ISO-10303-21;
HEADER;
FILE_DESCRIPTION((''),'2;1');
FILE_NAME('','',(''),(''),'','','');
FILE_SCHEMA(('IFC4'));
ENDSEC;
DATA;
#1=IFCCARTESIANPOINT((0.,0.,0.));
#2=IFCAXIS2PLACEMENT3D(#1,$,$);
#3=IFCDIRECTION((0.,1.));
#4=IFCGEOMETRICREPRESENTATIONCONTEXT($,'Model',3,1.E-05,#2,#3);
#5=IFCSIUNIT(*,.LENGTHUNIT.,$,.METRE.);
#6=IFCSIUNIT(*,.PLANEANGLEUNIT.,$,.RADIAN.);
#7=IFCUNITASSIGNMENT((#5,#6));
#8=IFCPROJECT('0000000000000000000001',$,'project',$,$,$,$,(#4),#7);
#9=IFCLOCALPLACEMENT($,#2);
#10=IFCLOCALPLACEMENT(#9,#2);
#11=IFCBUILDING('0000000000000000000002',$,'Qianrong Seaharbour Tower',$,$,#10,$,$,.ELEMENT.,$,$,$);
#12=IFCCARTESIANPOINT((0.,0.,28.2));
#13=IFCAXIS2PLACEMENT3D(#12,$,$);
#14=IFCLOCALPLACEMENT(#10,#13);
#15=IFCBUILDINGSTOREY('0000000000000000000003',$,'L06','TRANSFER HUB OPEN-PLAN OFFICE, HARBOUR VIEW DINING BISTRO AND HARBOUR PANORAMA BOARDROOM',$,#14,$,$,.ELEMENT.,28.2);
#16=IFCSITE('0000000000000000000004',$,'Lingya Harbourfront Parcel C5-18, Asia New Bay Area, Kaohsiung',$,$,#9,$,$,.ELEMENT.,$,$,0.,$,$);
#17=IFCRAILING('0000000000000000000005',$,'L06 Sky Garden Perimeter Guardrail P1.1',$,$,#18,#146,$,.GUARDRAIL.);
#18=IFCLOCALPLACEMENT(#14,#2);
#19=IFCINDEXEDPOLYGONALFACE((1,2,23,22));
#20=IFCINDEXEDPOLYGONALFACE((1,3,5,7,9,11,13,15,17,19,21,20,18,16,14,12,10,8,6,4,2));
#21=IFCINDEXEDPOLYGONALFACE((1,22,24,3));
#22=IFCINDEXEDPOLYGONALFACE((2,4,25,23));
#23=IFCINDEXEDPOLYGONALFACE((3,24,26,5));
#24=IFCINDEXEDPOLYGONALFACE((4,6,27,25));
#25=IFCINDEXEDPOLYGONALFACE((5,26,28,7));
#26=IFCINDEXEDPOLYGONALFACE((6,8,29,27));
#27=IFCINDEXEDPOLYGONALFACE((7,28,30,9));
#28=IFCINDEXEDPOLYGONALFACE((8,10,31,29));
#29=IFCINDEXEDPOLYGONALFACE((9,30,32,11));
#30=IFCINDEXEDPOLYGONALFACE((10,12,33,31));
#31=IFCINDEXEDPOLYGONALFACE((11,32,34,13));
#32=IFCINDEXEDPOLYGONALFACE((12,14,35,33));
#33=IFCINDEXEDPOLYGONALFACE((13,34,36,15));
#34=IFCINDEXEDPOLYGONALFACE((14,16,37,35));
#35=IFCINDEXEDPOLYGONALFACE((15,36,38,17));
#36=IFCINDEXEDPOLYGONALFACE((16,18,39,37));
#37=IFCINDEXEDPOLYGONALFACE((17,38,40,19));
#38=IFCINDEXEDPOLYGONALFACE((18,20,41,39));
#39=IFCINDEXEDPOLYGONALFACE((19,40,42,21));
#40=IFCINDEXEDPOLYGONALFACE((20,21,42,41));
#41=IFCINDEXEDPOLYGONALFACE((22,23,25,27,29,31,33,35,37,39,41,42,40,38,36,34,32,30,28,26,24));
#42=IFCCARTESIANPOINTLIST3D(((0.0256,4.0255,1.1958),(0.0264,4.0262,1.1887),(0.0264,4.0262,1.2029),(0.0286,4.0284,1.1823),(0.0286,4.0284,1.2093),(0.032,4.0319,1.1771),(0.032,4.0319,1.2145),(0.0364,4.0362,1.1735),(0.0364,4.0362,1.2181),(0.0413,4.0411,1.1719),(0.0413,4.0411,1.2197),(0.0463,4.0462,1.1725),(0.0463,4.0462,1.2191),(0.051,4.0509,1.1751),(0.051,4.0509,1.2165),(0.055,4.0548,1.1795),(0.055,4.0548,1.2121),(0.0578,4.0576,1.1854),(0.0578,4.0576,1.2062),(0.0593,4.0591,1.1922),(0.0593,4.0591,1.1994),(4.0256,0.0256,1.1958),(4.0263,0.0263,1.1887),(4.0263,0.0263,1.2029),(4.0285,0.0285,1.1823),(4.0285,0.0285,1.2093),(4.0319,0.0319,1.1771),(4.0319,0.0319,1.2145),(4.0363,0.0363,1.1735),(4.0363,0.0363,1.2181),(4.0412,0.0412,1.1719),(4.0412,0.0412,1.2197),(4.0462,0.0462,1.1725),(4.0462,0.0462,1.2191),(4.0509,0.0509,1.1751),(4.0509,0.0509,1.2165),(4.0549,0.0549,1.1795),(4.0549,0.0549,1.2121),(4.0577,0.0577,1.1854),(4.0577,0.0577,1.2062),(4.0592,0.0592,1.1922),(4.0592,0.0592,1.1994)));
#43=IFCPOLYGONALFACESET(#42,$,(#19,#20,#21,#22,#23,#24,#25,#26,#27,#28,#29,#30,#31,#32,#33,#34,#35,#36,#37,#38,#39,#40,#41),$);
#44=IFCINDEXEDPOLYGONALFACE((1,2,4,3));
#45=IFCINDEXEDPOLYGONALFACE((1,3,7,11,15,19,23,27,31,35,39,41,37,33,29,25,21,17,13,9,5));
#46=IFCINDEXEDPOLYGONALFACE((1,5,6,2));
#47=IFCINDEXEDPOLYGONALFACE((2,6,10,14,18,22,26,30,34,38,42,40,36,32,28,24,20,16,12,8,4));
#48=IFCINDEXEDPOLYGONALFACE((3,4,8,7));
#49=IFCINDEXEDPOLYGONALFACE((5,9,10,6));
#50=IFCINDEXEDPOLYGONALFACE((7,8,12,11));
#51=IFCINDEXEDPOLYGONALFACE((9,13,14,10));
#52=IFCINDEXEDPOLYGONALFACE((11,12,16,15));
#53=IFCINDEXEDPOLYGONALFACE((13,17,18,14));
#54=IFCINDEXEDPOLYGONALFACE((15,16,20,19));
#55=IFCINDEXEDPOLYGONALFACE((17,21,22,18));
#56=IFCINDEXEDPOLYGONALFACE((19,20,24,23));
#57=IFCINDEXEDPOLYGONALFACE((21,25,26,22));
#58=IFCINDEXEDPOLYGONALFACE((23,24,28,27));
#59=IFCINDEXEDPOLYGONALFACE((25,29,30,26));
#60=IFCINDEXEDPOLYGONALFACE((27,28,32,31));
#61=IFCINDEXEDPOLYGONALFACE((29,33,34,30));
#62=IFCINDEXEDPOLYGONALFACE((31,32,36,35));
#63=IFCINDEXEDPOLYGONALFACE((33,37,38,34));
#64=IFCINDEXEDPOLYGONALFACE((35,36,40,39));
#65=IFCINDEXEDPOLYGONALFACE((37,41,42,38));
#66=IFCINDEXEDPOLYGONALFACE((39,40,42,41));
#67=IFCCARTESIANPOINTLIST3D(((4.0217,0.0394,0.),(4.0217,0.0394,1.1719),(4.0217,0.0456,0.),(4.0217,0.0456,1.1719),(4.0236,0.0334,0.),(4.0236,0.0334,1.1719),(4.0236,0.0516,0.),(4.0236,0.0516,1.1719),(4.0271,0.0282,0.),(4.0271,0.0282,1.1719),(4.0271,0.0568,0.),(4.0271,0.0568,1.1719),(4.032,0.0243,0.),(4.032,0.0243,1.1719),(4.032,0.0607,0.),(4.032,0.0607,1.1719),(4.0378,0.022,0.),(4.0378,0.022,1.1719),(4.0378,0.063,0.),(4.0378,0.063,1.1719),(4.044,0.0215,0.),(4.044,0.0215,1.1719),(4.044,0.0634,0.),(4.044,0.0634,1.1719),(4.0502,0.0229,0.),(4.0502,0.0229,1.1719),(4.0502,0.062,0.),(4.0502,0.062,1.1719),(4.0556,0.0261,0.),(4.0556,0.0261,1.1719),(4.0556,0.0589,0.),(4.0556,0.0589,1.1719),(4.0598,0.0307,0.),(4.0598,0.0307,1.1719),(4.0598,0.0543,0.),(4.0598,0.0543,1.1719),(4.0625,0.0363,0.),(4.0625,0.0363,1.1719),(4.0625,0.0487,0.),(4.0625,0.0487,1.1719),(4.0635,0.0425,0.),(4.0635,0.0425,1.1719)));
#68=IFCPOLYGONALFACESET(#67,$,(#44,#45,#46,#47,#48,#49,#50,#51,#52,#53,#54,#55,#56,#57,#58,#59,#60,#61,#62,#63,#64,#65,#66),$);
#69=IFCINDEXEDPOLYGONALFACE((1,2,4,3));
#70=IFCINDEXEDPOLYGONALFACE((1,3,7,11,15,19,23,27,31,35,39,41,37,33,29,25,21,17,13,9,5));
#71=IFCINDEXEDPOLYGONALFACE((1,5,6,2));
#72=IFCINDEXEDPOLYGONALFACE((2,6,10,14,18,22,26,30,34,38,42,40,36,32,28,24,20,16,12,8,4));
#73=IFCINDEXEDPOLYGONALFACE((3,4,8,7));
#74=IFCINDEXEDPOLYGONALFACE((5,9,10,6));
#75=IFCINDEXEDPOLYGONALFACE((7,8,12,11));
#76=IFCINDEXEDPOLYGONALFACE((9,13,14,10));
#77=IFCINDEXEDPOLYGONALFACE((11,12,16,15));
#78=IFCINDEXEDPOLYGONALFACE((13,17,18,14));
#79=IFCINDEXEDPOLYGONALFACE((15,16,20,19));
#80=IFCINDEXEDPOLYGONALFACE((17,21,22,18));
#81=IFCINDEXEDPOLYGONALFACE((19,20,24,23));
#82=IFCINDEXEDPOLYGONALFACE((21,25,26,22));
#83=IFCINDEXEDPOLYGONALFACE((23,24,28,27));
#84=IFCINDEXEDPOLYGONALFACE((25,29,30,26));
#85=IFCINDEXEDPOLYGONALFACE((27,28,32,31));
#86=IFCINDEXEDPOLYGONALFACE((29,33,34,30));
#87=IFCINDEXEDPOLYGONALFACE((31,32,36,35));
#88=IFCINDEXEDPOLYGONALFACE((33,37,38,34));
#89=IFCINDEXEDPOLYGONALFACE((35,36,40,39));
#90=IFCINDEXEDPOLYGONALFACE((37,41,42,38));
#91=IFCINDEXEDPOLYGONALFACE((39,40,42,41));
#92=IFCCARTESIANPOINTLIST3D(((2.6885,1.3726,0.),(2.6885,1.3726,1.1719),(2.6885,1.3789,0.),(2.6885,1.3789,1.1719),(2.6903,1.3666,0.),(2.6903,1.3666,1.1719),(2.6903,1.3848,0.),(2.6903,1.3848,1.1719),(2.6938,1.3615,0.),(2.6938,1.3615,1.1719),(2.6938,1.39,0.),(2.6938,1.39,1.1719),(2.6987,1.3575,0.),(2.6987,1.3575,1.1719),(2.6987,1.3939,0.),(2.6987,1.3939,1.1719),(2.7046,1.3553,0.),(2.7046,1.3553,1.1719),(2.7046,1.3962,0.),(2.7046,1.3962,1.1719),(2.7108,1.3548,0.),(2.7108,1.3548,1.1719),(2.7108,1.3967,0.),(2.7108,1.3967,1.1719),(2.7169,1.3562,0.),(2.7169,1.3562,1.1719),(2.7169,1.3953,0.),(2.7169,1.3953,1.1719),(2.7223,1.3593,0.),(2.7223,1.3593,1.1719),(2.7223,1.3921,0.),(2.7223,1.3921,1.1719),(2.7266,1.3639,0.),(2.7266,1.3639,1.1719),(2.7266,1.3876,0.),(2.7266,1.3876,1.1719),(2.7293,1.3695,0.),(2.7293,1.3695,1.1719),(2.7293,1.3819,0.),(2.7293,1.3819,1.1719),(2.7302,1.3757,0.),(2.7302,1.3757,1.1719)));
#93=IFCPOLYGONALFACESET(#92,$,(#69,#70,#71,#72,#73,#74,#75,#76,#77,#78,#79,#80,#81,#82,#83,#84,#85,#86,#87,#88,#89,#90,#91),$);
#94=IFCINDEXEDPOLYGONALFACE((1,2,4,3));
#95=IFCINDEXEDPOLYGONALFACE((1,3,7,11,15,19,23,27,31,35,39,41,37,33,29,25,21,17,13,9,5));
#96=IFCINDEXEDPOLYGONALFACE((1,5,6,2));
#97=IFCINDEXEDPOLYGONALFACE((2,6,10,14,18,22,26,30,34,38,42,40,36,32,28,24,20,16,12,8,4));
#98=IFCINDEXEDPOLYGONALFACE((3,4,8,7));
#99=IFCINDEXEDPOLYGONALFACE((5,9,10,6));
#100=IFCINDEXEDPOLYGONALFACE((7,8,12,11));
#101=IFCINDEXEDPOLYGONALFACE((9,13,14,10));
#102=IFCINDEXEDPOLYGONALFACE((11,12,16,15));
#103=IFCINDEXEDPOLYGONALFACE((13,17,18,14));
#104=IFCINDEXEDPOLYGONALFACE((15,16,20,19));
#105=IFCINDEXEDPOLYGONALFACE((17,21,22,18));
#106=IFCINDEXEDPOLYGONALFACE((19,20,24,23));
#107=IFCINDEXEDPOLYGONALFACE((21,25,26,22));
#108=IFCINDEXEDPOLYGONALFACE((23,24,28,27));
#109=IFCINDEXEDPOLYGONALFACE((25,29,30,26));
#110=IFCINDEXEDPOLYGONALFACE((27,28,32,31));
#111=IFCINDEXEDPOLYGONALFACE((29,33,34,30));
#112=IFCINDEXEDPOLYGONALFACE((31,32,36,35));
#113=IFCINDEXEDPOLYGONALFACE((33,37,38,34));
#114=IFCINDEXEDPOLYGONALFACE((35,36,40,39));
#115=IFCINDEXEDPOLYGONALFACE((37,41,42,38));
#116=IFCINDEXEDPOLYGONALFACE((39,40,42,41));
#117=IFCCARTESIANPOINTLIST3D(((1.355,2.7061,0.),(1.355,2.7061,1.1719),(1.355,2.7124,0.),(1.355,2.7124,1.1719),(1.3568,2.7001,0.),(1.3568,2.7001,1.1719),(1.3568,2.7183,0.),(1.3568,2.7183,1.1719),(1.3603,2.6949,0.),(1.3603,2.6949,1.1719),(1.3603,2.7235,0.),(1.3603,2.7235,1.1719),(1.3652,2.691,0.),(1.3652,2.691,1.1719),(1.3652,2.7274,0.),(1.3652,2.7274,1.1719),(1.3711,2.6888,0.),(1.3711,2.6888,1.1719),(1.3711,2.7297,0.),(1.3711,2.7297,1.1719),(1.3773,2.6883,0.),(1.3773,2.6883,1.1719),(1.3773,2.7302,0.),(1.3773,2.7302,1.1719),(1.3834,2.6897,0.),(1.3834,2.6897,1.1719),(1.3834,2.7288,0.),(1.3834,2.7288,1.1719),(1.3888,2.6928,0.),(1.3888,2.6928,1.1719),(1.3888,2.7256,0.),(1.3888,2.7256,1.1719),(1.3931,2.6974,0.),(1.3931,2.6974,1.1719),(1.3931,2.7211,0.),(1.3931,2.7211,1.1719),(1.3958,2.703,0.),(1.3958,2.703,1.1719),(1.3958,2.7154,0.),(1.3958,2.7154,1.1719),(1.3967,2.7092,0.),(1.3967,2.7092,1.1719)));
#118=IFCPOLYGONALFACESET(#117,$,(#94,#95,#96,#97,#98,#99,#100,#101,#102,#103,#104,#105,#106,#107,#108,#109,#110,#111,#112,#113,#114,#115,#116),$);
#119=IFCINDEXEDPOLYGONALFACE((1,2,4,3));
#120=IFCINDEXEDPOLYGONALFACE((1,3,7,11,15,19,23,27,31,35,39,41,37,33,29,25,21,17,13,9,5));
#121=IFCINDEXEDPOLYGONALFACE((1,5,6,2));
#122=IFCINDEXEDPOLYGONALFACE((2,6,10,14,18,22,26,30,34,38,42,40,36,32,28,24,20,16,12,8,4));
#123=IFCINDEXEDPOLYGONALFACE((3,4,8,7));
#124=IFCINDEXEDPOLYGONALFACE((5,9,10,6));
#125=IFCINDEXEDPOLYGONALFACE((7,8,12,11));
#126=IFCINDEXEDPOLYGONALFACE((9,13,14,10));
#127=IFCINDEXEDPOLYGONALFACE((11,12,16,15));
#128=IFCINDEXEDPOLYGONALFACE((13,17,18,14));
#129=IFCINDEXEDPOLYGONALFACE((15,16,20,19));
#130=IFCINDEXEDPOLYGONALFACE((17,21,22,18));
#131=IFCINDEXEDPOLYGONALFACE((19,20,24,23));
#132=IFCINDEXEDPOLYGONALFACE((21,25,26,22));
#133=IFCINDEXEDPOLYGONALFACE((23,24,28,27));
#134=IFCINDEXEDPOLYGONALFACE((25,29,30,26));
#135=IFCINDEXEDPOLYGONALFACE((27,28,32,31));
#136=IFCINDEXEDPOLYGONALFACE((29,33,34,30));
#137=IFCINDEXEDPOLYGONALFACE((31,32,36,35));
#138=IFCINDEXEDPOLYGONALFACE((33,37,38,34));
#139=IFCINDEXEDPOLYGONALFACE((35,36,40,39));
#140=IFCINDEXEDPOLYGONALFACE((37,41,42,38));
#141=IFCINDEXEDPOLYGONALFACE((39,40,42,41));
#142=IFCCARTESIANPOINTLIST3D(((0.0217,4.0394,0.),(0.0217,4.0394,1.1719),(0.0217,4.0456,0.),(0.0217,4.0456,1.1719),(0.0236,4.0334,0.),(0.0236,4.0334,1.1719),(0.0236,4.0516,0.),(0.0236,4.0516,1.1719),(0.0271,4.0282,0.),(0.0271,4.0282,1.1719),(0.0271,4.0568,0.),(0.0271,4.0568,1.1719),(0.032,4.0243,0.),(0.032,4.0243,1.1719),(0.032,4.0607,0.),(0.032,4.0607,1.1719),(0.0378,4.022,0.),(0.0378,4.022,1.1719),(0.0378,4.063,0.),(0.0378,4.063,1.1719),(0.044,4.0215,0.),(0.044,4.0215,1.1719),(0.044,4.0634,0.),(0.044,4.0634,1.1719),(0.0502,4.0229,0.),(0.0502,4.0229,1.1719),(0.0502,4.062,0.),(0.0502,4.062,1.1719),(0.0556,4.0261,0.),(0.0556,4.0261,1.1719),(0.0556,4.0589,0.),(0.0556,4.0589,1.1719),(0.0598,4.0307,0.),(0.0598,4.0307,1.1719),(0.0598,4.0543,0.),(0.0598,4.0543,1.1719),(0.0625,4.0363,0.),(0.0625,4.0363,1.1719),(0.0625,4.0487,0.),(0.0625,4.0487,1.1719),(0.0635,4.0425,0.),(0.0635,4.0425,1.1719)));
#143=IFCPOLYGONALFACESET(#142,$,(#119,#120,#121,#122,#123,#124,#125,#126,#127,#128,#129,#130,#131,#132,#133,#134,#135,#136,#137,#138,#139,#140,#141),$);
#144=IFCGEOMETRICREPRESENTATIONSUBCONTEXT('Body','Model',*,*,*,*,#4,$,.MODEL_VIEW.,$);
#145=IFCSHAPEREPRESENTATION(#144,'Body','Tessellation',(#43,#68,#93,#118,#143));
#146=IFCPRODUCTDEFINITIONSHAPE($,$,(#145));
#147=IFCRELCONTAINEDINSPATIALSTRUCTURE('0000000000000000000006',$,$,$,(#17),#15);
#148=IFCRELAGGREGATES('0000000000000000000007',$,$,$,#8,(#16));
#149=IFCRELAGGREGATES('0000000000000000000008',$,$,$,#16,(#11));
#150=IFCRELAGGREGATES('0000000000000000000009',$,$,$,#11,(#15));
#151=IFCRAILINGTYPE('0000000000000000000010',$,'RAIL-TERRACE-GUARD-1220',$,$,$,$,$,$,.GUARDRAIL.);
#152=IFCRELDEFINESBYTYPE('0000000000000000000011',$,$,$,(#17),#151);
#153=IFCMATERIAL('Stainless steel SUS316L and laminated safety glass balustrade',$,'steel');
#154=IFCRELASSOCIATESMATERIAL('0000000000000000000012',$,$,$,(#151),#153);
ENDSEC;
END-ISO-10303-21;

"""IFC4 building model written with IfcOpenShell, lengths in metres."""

from ifc_helpers import new_model, si_unit, direction, frame, origin, origin_2d, place, context, subcontext, project, spatial, circle, extrude, material, type_object, element, save


model = new_model("IFC4")

# Units and contexts
model_context = context("Model", 3, precision=1e-05, world=origin(), true_north=direction((0.0, 1.0)))
body_context = subcontext(model_context, "Body", "Model", "MODEL_VIEW")
ifc_project = project(units=[si_unit("LENGTHUNIT", "METRE"), si_unit("PLANEANGLEUNIT", "RADIAN")], contexts=[model_context])

# Site, building, storey
site_placement = place(None, origin())
site = spatial("IfcSite", under=ifc_project, at=site_placement, Name="Lingya Harbourfront Parcel C5-18, Asia New Bay Area, Kaohsiung", CompositionType="ELEMENT", RefElevation=0.0)
building_placement = place(site_placement, origin())
building = spatial("IfcBuilding", under=site, at=building_placement, Name="Qianrong Seaharbour Tower", CompositionType="ELEMENT")
storey_placement = place(building_placement, frame((0.0, 0.0, 28.2)))
storey = spatial("IfcBuildingStorey", under=building, at=storey_placement, Name="L06", Description="TRANSFER HUB OPEN-PLAN OFFICE, HARBOUR VIEW DINING BISTRO AND HARBOUR PANORAMA BOARDROOM", CompositionType="ELEMENT", Elevation=28.2)

# Railing
ifc_material_1 = material(Name="Stainless steel SUS316L and laminated safety glass balustrade", Category="steel")
railing_type = type_object("IfcRailingType", Name="RAIL-TERRACE-GUARD-1220", PredefinedType="GUARDRAIL", material=ifc_material_1)
railing_1_placement = place(storey_placement, frame((4.0425, 0.0425, 0.0)))
element("IfcRailing", 1, at=railing_1_placement, inside=storey, type_object=railing_type, Name="L06 Sky Garden Perimeter Guardrail P1.1", PredefinedType="GUARDRAIL", context=body_context, shape_type="SweptSolid", body=[
    extrude(circle(Radius=0.0239, at=origin_2d()), frame((0.0, 0.0, 1.1958), z_axis=(-0.707107, 0.707107, 0.0), x_axis=(-0.707107, -0.707107, 0.0)), (0.0, 0.0, 1.0), 5.6567),
    extrude(circle(Radius=0.021, at=origin_2d()), origin(), (0.0, 0.0, 1.0), 1.1719),
    extrude(circle(Radius=0.021, at=origin_2d()), frame((-1.3333, 1.3333, 0.0)), (0.0, 0.0, 1.0), 1.1719),
    extrude(circle(Radius=0.021, at=origin_2d()), frame((-2.6667, 2.6667, 0.0)), (0.0, 0.0, 1.0), 1.1719),
    extrude(circle(Radius=0.021, at=origin_2d()), frame((-4.0, 4.0, 0.0)), (0.0, 0.0, 1.0), 1.1719),
])

save(model, "model.ifc")
